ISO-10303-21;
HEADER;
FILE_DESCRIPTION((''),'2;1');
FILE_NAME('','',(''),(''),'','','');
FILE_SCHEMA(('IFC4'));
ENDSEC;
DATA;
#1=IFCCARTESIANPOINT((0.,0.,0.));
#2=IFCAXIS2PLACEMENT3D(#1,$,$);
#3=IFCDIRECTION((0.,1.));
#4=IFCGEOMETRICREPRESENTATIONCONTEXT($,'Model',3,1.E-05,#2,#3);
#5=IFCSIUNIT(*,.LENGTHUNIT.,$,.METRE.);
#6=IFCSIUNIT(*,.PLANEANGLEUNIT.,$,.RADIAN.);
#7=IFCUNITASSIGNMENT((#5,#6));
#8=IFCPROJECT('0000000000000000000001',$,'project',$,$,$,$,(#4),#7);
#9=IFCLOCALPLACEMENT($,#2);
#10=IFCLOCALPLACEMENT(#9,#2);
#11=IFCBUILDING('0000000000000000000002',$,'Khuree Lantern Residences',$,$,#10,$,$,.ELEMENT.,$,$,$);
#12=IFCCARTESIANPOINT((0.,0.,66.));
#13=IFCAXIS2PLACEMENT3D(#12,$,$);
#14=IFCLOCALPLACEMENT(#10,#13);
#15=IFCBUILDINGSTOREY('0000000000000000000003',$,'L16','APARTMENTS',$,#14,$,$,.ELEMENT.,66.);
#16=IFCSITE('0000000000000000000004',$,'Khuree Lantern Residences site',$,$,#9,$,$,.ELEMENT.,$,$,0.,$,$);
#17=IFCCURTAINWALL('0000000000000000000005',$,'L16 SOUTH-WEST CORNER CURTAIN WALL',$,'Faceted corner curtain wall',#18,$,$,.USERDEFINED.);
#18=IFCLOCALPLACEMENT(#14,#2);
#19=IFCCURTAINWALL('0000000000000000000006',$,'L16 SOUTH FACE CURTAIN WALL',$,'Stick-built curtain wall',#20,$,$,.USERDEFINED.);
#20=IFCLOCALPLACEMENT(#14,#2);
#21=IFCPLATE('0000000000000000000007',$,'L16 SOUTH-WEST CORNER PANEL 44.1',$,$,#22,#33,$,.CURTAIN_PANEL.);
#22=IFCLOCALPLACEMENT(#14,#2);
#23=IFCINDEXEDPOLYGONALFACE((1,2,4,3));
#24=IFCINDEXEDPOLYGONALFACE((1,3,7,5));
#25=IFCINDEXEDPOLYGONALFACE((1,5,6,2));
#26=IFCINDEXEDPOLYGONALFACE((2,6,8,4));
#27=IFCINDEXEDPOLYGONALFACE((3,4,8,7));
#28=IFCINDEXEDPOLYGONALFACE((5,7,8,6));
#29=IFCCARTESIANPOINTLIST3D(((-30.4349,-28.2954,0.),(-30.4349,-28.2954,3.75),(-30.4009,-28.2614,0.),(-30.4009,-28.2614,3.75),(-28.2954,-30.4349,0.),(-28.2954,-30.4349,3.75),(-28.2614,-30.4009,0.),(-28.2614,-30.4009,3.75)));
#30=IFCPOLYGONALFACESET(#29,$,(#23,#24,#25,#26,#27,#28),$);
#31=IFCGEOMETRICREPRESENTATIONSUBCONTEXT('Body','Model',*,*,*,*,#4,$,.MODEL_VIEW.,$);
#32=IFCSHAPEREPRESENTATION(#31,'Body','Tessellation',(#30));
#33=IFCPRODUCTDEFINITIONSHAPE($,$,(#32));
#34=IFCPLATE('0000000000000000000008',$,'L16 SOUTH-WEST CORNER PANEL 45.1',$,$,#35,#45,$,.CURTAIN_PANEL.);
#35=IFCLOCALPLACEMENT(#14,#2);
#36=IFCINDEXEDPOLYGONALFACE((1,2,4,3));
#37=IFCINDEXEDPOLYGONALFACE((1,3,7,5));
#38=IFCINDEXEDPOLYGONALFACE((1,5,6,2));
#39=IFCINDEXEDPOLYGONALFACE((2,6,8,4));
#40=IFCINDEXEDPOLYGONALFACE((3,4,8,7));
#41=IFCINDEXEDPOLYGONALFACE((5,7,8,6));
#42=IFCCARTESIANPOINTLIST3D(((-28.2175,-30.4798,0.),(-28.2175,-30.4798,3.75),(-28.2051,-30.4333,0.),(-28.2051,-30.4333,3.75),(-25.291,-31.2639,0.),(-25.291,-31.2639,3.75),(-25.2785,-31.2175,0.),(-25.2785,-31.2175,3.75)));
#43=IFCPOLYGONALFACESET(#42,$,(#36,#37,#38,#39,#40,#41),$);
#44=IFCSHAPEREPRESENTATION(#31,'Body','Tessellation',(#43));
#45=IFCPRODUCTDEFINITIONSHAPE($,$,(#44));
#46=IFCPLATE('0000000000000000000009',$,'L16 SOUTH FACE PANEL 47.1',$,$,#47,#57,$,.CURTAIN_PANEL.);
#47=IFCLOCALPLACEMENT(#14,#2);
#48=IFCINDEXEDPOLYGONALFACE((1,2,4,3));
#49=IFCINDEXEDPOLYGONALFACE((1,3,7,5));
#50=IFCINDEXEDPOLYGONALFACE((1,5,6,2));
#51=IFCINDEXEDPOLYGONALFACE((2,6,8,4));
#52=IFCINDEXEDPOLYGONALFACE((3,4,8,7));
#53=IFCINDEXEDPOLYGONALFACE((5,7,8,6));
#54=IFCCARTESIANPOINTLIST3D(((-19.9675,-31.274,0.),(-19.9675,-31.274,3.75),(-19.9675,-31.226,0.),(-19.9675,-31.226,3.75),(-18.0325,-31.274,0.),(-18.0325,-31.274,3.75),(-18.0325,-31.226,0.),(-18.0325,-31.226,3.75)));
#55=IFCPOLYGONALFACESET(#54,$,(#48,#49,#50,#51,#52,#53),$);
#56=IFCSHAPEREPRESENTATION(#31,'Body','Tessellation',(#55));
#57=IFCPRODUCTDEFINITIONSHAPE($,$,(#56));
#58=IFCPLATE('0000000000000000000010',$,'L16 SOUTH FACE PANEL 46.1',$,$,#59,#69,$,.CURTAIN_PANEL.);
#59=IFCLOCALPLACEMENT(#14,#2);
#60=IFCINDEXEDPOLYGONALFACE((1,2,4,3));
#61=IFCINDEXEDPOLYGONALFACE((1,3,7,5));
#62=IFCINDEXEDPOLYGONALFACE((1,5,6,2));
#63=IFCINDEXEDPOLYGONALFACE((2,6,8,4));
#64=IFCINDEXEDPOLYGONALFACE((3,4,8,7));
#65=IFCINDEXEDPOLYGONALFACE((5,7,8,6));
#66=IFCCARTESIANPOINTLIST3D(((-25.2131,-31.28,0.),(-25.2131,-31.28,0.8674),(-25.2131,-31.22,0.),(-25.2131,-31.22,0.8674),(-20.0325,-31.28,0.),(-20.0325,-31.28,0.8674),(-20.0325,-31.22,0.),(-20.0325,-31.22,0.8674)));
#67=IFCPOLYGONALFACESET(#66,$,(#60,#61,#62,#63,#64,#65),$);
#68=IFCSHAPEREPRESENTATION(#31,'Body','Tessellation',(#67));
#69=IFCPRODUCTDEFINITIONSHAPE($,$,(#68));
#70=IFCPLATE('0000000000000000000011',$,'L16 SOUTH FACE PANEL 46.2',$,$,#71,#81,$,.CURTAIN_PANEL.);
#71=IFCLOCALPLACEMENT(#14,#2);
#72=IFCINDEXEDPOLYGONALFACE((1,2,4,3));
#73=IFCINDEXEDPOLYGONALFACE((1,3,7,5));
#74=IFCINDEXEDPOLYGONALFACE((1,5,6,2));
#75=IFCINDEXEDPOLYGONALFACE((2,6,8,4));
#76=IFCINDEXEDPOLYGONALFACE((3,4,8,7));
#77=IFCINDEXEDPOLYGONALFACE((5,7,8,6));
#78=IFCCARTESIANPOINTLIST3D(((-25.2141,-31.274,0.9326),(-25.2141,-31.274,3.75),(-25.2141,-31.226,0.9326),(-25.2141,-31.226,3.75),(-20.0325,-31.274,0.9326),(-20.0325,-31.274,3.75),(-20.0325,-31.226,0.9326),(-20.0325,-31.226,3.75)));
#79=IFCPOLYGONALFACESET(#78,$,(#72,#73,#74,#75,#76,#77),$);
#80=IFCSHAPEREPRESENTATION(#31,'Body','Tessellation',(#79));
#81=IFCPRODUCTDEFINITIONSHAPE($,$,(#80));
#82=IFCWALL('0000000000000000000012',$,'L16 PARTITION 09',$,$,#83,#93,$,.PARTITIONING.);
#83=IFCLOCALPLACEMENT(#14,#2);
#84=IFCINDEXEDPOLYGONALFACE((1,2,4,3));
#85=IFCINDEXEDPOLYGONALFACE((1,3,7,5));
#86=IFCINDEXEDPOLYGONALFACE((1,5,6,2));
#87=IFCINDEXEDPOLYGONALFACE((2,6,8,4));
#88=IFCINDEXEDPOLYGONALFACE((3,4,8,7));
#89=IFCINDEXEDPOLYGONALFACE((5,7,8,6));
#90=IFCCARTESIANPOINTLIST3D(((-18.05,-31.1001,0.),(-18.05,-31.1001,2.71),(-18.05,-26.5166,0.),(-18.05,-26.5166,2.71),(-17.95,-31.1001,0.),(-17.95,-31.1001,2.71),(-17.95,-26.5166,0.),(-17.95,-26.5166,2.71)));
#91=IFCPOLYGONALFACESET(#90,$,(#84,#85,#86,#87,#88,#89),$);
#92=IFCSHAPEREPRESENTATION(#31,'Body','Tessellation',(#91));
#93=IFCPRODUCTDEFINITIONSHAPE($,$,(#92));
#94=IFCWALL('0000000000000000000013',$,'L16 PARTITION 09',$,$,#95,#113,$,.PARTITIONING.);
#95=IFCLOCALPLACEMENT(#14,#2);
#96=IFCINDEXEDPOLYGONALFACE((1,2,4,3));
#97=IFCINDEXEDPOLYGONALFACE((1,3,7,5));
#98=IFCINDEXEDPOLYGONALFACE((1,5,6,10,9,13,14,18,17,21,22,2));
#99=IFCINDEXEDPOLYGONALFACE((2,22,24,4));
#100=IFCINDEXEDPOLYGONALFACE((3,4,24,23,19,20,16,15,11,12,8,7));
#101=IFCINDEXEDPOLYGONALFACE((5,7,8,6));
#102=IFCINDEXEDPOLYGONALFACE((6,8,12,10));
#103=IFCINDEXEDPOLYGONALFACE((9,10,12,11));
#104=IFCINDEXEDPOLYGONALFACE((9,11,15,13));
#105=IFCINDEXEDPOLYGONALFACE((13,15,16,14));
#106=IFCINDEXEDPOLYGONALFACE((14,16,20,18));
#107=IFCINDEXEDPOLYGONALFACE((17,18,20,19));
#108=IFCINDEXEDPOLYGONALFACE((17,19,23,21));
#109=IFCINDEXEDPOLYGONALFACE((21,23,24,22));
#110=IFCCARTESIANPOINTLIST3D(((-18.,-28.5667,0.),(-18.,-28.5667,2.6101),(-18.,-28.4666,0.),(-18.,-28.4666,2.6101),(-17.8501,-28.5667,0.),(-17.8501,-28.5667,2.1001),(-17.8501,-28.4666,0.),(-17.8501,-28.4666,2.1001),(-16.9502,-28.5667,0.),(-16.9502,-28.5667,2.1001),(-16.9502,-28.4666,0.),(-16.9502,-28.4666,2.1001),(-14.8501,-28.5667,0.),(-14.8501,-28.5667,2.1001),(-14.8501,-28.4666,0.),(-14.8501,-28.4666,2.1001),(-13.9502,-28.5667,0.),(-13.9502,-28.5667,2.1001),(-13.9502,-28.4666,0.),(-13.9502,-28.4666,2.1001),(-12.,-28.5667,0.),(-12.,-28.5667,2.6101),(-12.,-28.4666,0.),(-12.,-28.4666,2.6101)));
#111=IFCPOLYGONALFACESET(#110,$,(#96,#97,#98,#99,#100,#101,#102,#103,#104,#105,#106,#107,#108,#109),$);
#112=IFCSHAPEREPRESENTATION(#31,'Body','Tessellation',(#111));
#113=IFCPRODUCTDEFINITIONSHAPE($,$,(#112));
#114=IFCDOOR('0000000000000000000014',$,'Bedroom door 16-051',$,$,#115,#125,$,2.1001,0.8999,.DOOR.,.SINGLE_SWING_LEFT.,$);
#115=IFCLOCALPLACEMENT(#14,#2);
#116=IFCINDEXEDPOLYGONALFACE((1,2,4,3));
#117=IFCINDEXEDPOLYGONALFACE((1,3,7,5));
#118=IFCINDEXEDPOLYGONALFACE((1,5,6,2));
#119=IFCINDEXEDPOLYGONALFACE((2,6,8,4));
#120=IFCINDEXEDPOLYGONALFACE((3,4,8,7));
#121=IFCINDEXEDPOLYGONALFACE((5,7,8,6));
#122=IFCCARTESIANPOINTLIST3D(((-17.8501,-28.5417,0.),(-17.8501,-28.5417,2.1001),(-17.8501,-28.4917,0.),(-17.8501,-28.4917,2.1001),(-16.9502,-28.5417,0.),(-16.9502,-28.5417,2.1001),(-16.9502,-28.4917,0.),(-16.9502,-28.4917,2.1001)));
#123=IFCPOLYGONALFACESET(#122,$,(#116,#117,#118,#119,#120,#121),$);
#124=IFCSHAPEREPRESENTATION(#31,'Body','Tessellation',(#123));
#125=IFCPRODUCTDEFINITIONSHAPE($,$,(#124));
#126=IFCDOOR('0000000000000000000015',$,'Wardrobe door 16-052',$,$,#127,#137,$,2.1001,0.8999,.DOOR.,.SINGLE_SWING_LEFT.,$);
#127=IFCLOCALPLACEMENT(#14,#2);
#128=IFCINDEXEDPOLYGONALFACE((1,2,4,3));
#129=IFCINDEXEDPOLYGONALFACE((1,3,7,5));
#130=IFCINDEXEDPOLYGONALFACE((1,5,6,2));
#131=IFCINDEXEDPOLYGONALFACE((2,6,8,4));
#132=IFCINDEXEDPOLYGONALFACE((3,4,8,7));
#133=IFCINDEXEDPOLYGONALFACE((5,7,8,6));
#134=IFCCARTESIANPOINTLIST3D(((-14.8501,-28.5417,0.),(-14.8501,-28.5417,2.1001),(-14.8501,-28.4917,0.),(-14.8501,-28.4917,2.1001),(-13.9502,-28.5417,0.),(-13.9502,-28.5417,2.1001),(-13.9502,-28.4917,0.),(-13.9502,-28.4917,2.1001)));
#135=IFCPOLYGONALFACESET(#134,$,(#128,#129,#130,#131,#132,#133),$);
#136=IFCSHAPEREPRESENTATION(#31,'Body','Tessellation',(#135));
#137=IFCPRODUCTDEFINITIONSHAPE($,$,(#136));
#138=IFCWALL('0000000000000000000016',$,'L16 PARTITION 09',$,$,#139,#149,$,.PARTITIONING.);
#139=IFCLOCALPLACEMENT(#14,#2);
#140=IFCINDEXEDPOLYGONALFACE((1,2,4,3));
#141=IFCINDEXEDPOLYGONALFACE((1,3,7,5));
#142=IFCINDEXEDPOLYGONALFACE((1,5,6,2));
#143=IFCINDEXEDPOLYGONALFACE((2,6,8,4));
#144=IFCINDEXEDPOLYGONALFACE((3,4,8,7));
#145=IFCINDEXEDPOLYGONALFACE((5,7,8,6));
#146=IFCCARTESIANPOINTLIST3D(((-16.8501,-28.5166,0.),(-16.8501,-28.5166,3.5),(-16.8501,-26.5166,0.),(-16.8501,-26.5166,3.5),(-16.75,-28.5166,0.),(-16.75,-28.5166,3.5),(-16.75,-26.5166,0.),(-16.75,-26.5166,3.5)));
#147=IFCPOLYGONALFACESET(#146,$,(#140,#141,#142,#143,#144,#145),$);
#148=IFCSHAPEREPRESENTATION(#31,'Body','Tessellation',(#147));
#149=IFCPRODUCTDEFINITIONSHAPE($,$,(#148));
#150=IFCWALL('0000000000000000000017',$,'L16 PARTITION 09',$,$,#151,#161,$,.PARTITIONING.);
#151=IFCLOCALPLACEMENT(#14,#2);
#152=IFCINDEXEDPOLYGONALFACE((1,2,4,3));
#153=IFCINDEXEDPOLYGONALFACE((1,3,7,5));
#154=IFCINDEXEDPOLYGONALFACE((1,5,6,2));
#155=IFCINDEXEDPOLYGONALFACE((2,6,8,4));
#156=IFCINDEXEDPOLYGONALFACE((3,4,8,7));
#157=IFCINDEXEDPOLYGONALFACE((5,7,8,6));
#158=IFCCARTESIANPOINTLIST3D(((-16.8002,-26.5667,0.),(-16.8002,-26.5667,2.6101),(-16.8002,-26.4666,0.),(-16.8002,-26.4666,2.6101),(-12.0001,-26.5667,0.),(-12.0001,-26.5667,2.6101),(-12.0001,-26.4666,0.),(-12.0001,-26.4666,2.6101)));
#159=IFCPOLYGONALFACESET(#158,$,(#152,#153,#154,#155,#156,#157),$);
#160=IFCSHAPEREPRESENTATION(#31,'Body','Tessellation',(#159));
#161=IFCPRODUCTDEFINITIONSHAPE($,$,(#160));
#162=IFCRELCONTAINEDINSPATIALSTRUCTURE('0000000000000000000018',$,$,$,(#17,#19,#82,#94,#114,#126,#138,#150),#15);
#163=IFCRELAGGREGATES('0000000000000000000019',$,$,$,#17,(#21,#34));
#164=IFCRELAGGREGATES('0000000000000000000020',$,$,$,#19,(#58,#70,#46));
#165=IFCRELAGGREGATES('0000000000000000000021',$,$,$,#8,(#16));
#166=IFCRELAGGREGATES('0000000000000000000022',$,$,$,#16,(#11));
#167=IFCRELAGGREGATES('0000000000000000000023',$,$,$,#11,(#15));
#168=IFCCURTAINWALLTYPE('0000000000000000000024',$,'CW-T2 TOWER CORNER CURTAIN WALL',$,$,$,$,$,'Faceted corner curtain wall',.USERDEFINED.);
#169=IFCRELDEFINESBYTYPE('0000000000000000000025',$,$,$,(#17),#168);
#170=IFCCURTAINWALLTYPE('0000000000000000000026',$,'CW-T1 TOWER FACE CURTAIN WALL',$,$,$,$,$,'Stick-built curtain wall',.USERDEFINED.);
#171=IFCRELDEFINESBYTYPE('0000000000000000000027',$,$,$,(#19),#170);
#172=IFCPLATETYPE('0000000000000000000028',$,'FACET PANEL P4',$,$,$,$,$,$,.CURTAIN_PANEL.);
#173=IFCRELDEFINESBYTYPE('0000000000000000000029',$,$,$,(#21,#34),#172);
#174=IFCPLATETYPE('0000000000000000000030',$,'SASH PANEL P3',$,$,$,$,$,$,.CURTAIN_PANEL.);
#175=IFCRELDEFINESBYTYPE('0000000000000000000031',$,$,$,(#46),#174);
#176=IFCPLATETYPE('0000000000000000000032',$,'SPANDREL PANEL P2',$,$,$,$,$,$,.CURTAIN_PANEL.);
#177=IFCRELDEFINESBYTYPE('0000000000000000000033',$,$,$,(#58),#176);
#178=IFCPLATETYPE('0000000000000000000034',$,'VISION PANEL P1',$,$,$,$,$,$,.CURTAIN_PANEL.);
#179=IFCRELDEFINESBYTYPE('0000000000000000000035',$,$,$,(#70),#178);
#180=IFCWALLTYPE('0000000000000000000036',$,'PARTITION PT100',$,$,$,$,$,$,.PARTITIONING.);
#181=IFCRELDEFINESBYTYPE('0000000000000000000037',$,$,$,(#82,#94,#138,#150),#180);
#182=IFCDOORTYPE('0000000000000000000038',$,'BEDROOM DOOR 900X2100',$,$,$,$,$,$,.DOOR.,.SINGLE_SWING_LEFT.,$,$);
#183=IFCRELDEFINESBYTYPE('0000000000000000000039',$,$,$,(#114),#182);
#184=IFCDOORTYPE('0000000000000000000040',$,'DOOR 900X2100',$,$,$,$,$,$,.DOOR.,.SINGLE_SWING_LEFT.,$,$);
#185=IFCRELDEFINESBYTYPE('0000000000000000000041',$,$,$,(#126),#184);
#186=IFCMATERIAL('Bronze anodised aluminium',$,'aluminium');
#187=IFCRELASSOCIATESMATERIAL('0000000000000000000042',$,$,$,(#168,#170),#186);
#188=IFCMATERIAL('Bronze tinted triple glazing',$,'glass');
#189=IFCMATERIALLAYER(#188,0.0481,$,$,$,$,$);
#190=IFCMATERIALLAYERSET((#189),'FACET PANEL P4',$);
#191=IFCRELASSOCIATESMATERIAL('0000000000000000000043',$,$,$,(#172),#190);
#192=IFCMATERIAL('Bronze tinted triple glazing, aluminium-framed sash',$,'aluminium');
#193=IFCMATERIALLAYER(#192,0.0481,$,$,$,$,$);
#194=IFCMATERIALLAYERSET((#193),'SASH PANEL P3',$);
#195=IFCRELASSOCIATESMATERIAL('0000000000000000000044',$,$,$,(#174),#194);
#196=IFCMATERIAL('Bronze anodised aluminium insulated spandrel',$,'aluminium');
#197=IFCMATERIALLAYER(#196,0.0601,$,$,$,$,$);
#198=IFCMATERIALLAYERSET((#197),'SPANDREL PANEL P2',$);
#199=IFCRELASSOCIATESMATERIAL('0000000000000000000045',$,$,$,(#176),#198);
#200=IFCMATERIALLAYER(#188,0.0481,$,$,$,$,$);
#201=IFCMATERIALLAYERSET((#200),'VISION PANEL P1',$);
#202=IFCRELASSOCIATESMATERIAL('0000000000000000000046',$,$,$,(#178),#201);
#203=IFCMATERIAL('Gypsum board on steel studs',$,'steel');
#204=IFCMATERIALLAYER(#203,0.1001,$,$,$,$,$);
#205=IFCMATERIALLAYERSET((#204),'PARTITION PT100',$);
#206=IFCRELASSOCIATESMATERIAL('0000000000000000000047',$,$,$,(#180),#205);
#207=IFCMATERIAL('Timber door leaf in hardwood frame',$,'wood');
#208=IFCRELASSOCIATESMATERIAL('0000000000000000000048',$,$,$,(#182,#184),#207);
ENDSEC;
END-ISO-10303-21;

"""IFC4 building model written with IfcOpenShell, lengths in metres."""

from ifc_helpers import new_model, si_unit, direction, frame, frame_2d, origin, origin_2d, place, context, subcontext, project, spatial, rectangle, extrude, material, layer, layer_set, type_object, element, fill, aggregate, save


model = new_model("IFC4")

# Units and contexts
model_context = context("Model", 3, precision=1e-05, world=origin(), true_north=direction((0.0, 1.0)))
body_context = subcontext(model_context, "Body", "Model", "MODEL_VIEW")
ifc_project = project(units=[si_unit("LENGTHUNIT", "METRE"), si_unit("PLANEANGLEUNIT", "RADIAN")], contexts=[model_context])

# Site, building, storey
site_placement = place(None, origin())
site = spatial("IfcSite", under=ifc_project, at=site_placement, Name="Khuree Lantern Residences site", CompositionType="ELEMENT", RefElevation=0.0)
building_placement = place(site_placement, origin())
building = spatial("IfcBuilding", under=site, at=building_placement, Name="Khuree Lantern Residences", CompositionType="ELEMENT")
storey_placement = place(building_placement, frame((0.0, 0.0, 66.0)))
storey = spatial("IfcBuildingStorey", under=building, at=storey_placement, Name="L16", Description="APARTMENTS", CompositionType="ELEMENT", Elevation=66.0)

# Curtain walls
ifc_material_1 = material(Name="Bronze anodised aluminium", Category="aluminium")
curtain_wall_type_1 = type_object("IfcCurtainWallType", Name="CW-T2 TOWER CORNER CURTAIN WALL", ElementType="Faceted corner curtain wall", PredefinedType="USERDEFINED", material=ifc_material_1)
curtain_wall_1_placement = place(storey_placement, origin())
curtain_wall_1 = element("IfcCurtainWall", 1, at=curtain_wall_1_placement, inside=storey, type_object=curtain_wall_type_1, Name="L16 SOUTH-WEST CORNER CURTAIN WALL", ObjectType="Faceted corner curtain wall", PredefinedType="USERDEFINED")
curtain_wall_type_2 = type_object("IfcCurtainWallType", Name="CW-T1 TOWER FACE CURTAIN WALL", ElementType="Stick-built curtain wall", PredefinedType="USERDEFINED", material=ifc_material_1)
curtain_wall_2_placement = place(storey_placement, origin())
curtain_wall_2 = element("IfcCurtainWall", 2, at=curtain_wall_2_placement, inside=storey, type_object=curtain_wall_type_2, Name="L16 SOUTH FACE CURTAIN WALL", ObjectType="Stick-built curtain wall", PredefinedType="USERDEFINED")

# Plates
ifc_material_2 = material(Name="Bronze tinted triple glazing", Category="glass")
ifc_layer_1 = layer(ifc_material_2, 0.0481)
ifc_layer_set_1 = layer_set([ifc_layer_1], Name="FACET PANEL P4")
plate_type_1 = type_object("IfcPlateType", Name="FACET PANEL P4", PredefinedType="CURTAIN_PANEL", material=ifc_layer_set_1)
plate_1_placement = place(storey_placement, frame((-29.3481, -29.3481, 0.0), z_axis=(0.0, 0.0, 1.0), x_axis=(0.707107, -0.707107, 0.0)))
plate_1 = element("IfcPlate", 3, at=plate_1_placement, type_object=plate_type_1, Name="L16 SOUTH-WEST CORNER PANEL 44.1", PredefinedType="CURTAIN_PANEL", context=body_context, shape_type="SweptSolid", body=[
    extrude(rectangle(XDim=3.0256, YDim=0.0481, at=origin_2d()), origin(), (0.0, 0.0, 1.0), 3.75),
])
plate_2_placement = place(storey_placement, frame((-26.748, -30.8486, 0.0), z_axis=(0.0, 0.0, 1.0), x_axis=(0.965926, -0.258819, 0.0)))
plate_2 = element("IfcPlate", 4, at=plate_2_placement, type_object=plate_type_1, Name="L16 SOUTH-WEST CORNER PANEL 45.1", PredefinedType="CURTAIN_PANEL", context=body_context, shape_type="SweptSolid", body=[
    extrude(rectangle(XDim=3.0298, YDim=0.0481, at=origin_2d()), origin(), (0.0, 0.0, 1.0), 3.75),
])
aggregate(curtain_wall_1, [plate_1, plate_2])
ifc_material_3 = material(Name="Bronze tinted triple glazing, aluminium-framed sash", Category="aluminium")
ifc_layer_2 = layer(ifc_material_3, 0.0481)
ifc_layer_set_2 = layer_set([ifc_layer_2], Name="SASH PANEL P3")
plate_type_2 = type_object("IfcPlateType", Name="SASH PANEL P3", PredefinedType="CURTAIN_PANEL", material=ifc_layer_set_2)
plate_3_placement = place(storey_placement, frame((-19.0, -31.25, 0.0), z_axis=(0.0, 0.0, 1.0), x_axis=(1.0, 0.0, 0.0)))
plate_3 = element("IfcPlate", 5, at=plate_3_placement, type_object=plate_type_2, Name="L16 SOUTH FACE PANEL 47.1", PredefinedType="CURTAIN_PANEL", context=body_context, shape_type="SweptSolid", body=[
    extrude(rectangle(XDim=1.9351, YDim=0.0481, at=origin_2d()), origin(), (0.0, 0.0, 1.0), 3.75),
])
ifc_material_4 = material(Name="Bronze anodised aluminium insulated spandrel", Category="aluminium")
ifc_layer_3 = layer(ifc_material_4, 0.0601)
ifc_layer_set_3 = layer_set([ifc_layer_3], Name="SPANDREL PANEL P2")
plate_type_3 = type_object("IfcPlateType", Name="SPANDREL PANEL P2", PredefinedType="CURTAIN_PANEL", material=ifc_layer_set_3)
plate_4_placement = place(storey_placement, frame((-22.6228, -31.25, 0.0), z_axis=(0.0, 0.0, 1.0), x_axis=(1.0, 0.0, 0.0)))
plate_4 = element("IfcPlate", 6, at=plate_4_placement, type_object=plate_type_3, Name="L16 SOUTH FACE PANEL 46.1", PredefinedType="CURTAIN_PANEL", context=body_context, shape_type="SweptSolid", body=[
    extrude(rectangle(XDim=5.1807, YDim=0.0601, at=origin_2d()), origin(), (0.0, 0.0, 1.0), 0.8674),
])
ifc_layer_4 = layer(ifc_material_2, 0.0481)
ifc_layer_set_4 = layer_set([ifc_layer_4], Name="VISION PANEL P1")
plate_type_4 = type_object("IfcPlateType", Name="VISION PANEL P1", PredefinedType="CURTAIN_PANEL", material=ifc_layer_set_4)
plate_5_placement = place(storey_placement, frame((-22.6233, -31.25, 0.9326), z_axis=(0.0, 0.0, 1.0), x_axis=(1.0, 0.0, 0.0)))
plate_5 = element("IfcPlate", 7, at=plate_5_placement, type_object=plate_type_4, Name="L16 SOUTH FACE PANEL 46.2", PredefinedType="CURTAIN_PANEL", context=body_context, shape_type="SweptSolid", body=[
    extrude(rectangle(XDim=5.1816, YDim=0.0481, at=origin_2d()), origin(), (0.0, 0.0, 1.0), 2.8174),
])
aggregate(curtain_wall_2, [plate_4, plate_5, plate_3])

# Wall
ifc_material_5 = material(Name="Gypsum board on steel studs", Category="steel")
ifc_layer_5 = layer(ifc_material_5, 0.1001)
ifc_layer_set_5 = layer_set([ifc_layer_5], Name="PARTITION PT100")
wall_type = type_object("IfcWallType", Name="PARTITION PT100", PredefinedType="PARTITIONING", material=ifc_layer_set_5)
wall_1_placement = place(storey_placement, frame((-18.0, -26.5166, 0.0), z_axis=(0.0, 0.0, 1.0), x_axis=(0.0, -1.0, 0.0)))
element("IfcWall", 8, at=wall_1_placement, inside=storey, type_object=wall_type, Name="L16 PARTITION 09", PredefinedType="PARTITIONING", context=body_context, shape_type="SweptSolid", body=[
    extrude(rectangle(XDim=4.5835, YDim=0.1001, at=frame_2d((2.2917, 0.0))), origin(), (0.0, 0.0, 1.0), 2.71),
])

# Wall, openings, doors
wall_2_placement = place(storey_placement, frame((-18.0, -28.5166, 0.0), z_axis=(0.0, 0.0, 1.0), x_axis=(1.0, 0.0, 0.0)))
wall_2 = element("IfcWall", 9, at=wall_2_placement, inside=storey, type_object=wall_type, Name="L16 PARTITION 09", PredefinedType="PARTITIONING", context=body_context, shape_type="SweptSolid", body=[
    extrude(rectangle(XDim=6.0, YDim=0.1001, at=frame_2d((3.0, 0.0))), origin(), (0.0, 0.0, 1.0), 2.6101),
])
opening_1_placement = place(wall_2_placement, frame((0.1499, 0.0, 0.0)))
opening_1 = element("IfcOpeningElement", 10, at=opening_1_placement, cuts=wall_2, PredefinedType="OPENING", context=body_context, shape_type="SweptSolid", body=[
    extrude(rectangle(XDim=0.8999, YDim=2.1001, at=frame_2d((0.45, 1.05))), frame((0.0, 0.0601, 0.0), z_axis=(0.0, -1.0, 0.0), x_axis=(1.0, 0.0, 0.0)), (0.0, 0.0, 1.0), 0.1201),
])
opening_2_placement = place(wall_2_placement, frame((3.1499, 0.0, 0.0)))
opening_2 = element("IfcOpeningElement", 11, at=opening_2_placement, cuts=wall_2, PredefinedType="OPENING", context=body_context, shape_type="SweptSolid", body=[
    extrude(rectangle(XDim=0.8999, YDim=2.1001, at=frame_2d((0.45, 1.05))), frame((0.0, 0.0601, 0.0), z_axis=(0.0, -1.0, 0.0), x_axis=(1.0, 0.0, 0.0)), (0.0, 0.0, 1.0), 0.1201),
])
ifc_material_6 = material(Name="Timber door leaf in hardwood frame", Category="wood")
door_type_1 = type_object("IfcDoorType", Name="BEDROOM DOOR 900X2100", OperationType="SINGLE_SWING_LEFT", PredefinedType="DOOR", material=ifc_material_6)
door_1_placement = place(opening_1_placement, origin())
door_1 = element("IfcDoor", 12, at=door_1_placement, inside=storey, type_object=door_type_1, Name="Bedroom door 16-051", OperationType="SINGLE_SWING_LEFT", OverallHeight=2.1001, OverallWidth=0.8999, PredefinedType="DOOR", context=body_context, shape_type="SweptSolid", body=[
    extrude(rectangle(XDim=0.8999, YDim=2.1001, at=frame_2d((0.45, 1.05))), frame((0.0, 0.0249, 0.0), z_axis=(0.0, -1.0, 0.0), x_axis=(1.0, 0.0, 0.0)), (0.0, 0.0, 1.0), 0.05),
])
fill(opening_1, door_1)
door_type_2 = type_object("IfcDoorType", Name="DOOR 900X2100", OperationType="SINGLE_SWING_LEFT", PredefinedType="DOOR", material=ifc_material_6)
door_2_placement = place(opening_2_placement, origin())
door_2 = element("IfcDoor", 13, at=door_2_placement, inside=storey, type_object=door_type_2, Name="Wardrobe door 16-052", OperationType="SINGLE_SWING_LEFT", OverallHeight=2.1001, OverallWidth=0.8999, PredefinedType="DOOR", context=body_context, shape_type="SweptSolid", body=[
    extrude(rectangle(XDim=0.8999, YDim=2.1001, at=frame_2d((0.45, 1.05))), frame((0.0, 0.0249, 0.0), z_axis=(0.0, -1.0, 0.0), x_axis=(1.0, 0.0, 0.0)), (0.0, 0.0, 1.0), 0.05),
])
fill(opening_2, door_2)

# Walls
wall_3_placement = place(storey_placement, frame((-16.8, -26.5166, 0.0), z_axis=(0.0, 0.0, 1.0), x_axis=(0.0, -1.0, 0.0)))
element("IfcWall", 14, at=wall_3_placement, inside=storey, type_object=wall_type, Name="L16 PARTITION 09", PredefinedType="PARTITIONING", context=body_context, shape_type="SweptSolid", body=[
    extrude(rectangle(XDim=2.0, YDim=0.1001, at=frame_2d((1.0, 0.0))), origin(), (0.0, 0.0, 1.0), 3.5),
])
wall_4_placement = place(storey_placement, frame((-16.8, -26.5166, 0.0), z_axis=(0.0, 0.0, 1.0), x_axis=(1.0, 0.0, 0.0)))
element("IfcWall", 15, at=wall_4_placement, inside=storey, type_object=wall_type, Name="L16 PARTITION 09", PredefinedType="PARTITIONING", context=body_context, shape_type="SweptSolid", body=[
    extrude(rectangle(XDim=4.8, YDim=0.1001, at=frame_2d((2.3999, 0.0))), origin(), (0.0, 0.0, 1.0), 2.6101),
])

save(model, "model.ifc")
